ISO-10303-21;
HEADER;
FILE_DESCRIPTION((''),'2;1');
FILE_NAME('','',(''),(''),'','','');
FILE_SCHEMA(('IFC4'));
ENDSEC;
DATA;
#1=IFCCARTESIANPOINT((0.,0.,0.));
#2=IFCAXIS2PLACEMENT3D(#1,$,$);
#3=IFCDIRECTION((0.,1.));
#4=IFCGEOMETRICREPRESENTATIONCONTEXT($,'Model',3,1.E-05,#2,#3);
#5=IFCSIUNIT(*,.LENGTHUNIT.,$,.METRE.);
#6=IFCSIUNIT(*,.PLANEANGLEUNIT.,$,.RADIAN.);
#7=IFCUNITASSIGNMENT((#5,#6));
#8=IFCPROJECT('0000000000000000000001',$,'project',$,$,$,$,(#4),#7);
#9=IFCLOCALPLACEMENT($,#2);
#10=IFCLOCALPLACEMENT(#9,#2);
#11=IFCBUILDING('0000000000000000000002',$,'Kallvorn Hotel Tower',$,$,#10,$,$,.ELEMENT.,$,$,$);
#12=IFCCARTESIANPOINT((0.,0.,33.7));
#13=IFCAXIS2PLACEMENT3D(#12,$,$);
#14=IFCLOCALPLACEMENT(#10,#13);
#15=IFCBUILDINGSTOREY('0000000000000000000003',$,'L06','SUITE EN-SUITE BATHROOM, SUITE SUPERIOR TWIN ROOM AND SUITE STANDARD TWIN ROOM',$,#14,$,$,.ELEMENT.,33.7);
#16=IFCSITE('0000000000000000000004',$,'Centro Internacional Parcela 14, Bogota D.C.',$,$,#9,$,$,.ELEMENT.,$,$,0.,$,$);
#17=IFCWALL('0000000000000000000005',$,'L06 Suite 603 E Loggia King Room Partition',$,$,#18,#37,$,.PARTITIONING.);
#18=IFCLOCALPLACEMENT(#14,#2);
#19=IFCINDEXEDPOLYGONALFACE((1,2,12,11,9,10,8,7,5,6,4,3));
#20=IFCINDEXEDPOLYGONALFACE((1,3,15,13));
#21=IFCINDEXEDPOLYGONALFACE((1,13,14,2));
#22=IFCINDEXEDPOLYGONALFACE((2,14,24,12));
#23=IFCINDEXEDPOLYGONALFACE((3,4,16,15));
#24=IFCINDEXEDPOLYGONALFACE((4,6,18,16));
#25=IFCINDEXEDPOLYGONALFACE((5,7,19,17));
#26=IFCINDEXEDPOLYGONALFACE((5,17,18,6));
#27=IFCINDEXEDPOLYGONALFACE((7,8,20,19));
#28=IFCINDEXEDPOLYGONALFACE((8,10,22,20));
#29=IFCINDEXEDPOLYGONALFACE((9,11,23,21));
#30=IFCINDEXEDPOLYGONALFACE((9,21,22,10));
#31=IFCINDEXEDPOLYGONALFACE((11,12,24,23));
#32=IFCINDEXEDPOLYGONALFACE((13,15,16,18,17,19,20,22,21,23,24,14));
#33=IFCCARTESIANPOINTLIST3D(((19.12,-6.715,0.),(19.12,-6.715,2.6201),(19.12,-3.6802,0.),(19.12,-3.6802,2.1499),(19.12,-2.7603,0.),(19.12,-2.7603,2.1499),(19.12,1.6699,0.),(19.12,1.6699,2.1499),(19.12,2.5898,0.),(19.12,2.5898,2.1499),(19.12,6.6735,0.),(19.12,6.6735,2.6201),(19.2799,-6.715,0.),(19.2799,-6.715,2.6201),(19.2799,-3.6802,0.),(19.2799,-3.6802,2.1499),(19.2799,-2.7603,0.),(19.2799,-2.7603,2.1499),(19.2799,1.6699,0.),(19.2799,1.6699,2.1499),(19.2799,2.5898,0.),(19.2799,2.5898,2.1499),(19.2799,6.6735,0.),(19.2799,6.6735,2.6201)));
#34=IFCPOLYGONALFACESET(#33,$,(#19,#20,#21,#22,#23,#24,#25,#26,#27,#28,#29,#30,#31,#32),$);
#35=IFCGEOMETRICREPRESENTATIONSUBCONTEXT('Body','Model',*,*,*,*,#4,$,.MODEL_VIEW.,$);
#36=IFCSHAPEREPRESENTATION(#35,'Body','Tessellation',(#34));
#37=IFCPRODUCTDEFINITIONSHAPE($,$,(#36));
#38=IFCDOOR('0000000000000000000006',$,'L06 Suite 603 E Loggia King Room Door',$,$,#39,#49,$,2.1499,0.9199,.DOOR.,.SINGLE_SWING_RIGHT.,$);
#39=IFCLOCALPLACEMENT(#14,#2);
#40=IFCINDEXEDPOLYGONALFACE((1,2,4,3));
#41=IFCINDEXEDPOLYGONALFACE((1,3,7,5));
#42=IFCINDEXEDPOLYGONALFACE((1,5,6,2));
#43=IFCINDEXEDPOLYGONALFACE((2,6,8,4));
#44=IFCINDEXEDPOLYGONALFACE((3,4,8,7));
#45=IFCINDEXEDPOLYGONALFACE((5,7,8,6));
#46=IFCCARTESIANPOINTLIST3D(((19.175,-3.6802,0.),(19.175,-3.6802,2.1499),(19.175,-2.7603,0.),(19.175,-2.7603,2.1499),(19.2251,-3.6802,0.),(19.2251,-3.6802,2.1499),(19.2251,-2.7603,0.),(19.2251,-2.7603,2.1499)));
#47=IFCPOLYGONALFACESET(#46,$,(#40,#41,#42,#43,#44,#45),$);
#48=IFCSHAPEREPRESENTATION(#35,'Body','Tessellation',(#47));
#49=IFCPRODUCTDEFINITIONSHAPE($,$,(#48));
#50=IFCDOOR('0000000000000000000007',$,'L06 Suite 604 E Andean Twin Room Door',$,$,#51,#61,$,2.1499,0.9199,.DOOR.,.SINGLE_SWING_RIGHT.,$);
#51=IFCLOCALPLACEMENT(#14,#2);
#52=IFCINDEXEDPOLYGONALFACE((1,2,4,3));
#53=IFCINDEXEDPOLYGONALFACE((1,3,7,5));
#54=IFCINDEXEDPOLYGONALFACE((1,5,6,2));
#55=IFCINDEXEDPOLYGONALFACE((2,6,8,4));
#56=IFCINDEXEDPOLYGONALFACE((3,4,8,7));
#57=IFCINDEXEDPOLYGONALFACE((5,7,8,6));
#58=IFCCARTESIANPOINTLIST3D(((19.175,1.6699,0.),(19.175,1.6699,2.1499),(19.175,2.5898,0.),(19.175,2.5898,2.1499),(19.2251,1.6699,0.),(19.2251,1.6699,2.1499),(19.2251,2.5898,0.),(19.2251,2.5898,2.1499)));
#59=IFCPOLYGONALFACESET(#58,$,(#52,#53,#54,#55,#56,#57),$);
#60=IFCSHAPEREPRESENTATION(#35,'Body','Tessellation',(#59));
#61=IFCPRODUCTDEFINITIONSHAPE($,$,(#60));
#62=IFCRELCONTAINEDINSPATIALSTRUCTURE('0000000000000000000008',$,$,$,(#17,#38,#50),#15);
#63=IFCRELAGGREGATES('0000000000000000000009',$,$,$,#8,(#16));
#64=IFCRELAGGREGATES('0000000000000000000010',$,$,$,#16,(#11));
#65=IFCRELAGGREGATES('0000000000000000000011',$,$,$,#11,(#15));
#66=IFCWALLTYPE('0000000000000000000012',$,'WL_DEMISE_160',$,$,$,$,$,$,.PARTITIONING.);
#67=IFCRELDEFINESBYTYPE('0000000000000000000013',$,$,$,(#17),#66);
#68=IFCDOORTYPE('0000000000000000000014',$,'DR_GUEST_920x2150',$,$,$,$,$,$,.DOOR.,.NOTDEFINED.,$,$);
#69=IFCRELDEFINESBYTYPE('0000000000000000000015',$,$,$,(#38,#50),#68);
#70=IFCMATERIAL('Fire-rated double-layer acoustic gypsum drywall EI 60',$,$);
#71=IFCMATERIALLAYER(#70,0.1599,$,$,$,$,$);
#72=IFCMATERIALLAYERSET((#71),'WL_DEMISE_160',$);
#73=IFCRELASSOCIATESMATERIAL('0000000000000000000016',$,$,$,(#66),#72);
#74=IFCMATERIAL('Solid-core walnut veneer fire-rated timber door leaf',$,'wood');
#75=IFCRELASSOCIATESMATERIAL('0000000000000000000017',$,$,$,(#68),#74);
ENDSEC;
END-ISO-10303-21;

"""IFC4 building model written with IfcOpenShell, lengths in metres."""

from ifc_helpers import new_model, si_unit, direction, frame, frame_2d, origin, place, context, subcontext, project, spatial, rectangle, extrude, material, layer, layer_set, type_object, element, fill, save


model = new_model("IFC4")

# Units and contexts
model_context = context("Model", 3, precision=1e-05, world=origin(), true_north=direction((0.0, 1.0)))
body_context = subcontext(model_context, "Body", "Model", "MODEL_VIEW")
ifc_project = project(units=[si_unit("LENGTHUNIT", "METRE"), si_unit("PLANEANGLEUNIT", "RADIAN")], contexts=[model_context])

# Site, building, storey
site_placement = place(None, origin())
site = spatial("IfcSite", under=ifc_project, at=site_placement, Name="Centro Internacional Parcela 14, Bogota D.C.", CompositionType="ELEMENT", RefElevation=0.0)
building_placement = place(site_placement, origin())
building = spatial("IfcBuilding", under=site, at=building_placement, Name="Kallvorn Hotel Tower", CompositionType="ELEMENT")
storey_placement = place(building_placement, frame((0.0, 0.0, 33.7)))
storey = spatial("IfcBuildingStorey", under=building, at=storey_placement, Name="L06", Description="SUITE EN-SUITE BATHROOM, SUITE SUPERIOR TWIN ROOM AND SUITE STANDARD TWIN ROOM", CompositionType="ELEMENT", Elevation=33.7)

# Shared definitions
ifc_material_1 = material(Name="Fire-rated double-layer acoustic gypsum drywall EI 60")
ifc_layer_1 = layer(ifc_material_1, 0.1599)
ifc_layer_set_1 = layer_set([ifc_layer_1], Name="WL_DEMISE_160")
wall_type_1 = type_object("IfcWallType", Name="WL_DEMISE_160", PredefinedType="PARTITIONING", material=ifc_layer_set_1)

# Wall, openings, doors
wall_1_placement = place(storey_placement, frame((19.2, -6.7151, 0.0), z_axis=(0.0, 0.0, 1.0), x_axis=(0.0, 1.0, 0.0)))
wall_1 = element("IfcWall", 1, at=wall_1_placement, inside=storey, type_object=wall_type_1, Name="L06 Suite 603 E Loggia King Room Partition", PredefinedType="PARTITIONING", context=body_context, shape_type="SweptSolid", body=[
    extrude(rectangle(XDim=13.3884, YDim=0.1599, at=frame_2d((6.6943, 0.0))), origin(), (0.0, 0.0, 1.0), 2.6201),
])
opening_1_placement = place(wall_1_placement, frame((3.0349, 0.0, 0.0)))
opening_1 = element("IfcOpeningElement", 2, at=opening_1_placement, cuts=wall_1, PredefinedType="OPENING", context=body_context, shape_type="SweptSolid", body=[
    extrude(rectangle(XDim=0.9199, YDim=2.1499, at=frame_2d((0.46, 1.075))), frame((0.0, 0.095, 0.0), z_axis=(0.0, -1.0, 0.0), x_axis=(1.0, 0.0, 0.0)), (0.0, 0.0, 1.0), 0.1899),
])
opening_2_placement = place(wall_1_placement, frame((8.385, 0.0, 0.0)))
opening_2 = element("IfcOpeningElement", 3, at=opening_2_placement, cuts=wall_1, PredefinedType="OPENING", context=body_context, shape_type="SweptSolid", body=[
    extrude(rectangle(XDim=0.9199, YDim=2.1499, at=frame_2d((0.46, 1.075))), frame((0.0, 0.095, 0.0), z_axis=(0.0, -1.0, 0.0), x_axis=(1.0, 0.0, 0.0)), (0.0, 0.0, 1.0), 0.1899),
])
ifc_material_2 = material(Name="Solid-core walnut veneer fire-rated timber door leaf", Category="wood")
door_type_1 = type_object("IfcDoorType", Name="DR_GUEST_920x2150", OperationType="NOTDEFINED", PredefinedType="DOOR", material=ifc_material_2)
door_1_placement = place(opening_1_placement, origin())
door_1 = element("IfcDoor", 4, at=door_1_placement, inside=storey, type_object=door_type_1, Name="L06 Suite 603 E Loggia King Room Door", OperationType="SINGLE_SWING_RIGHT", OverallHeight=2.1499, OverallWidth=0.9199, PredefinedType="DOOR", context=body_context, shape_type="SweptSolid", body=[
    extrude(rectangle(XDim=0.9199, YDim=2.1499, at=frame_2d((0.46, 1.075))), frame((0.0, 0.0249, 0.0), z_axis=(0.0, -1.0, 0.0), x_axis=(1.0, 0.0, 0.0)), (0.0, 0.0, 1.0), 0.05),
])
fill(opening_1, door_1)
door_2_placement = place(opening_2_placement, origin())
door_2 = element("IfcDoor", 5, at=door_2_placement, inside=storey, type_object=door_type_1, Name="L06 Suite 604 E Andean Twin Room Door", OperationType="SINGLE_SWING_RIGHT", OverallHeight=2.1499, OverallWidth=0.9199, PredefinedType="DOOR", context=body_context, shape_type="SweptSolid", body=[
    extrude(rectangle(XDim=0.9199, YDim=2.1499, at=frame_2d((0.46, 1.075))), frame((0.0, 0.0249, 0.0), z_axis=(0.0, -1.0, 0.0), x_axis=(1.0, 0.0, 0.0)), (0.0, 0.0, 1.0), 0.05),
])
fill(opening_2, door_2)

save(model, "model.ifc")
